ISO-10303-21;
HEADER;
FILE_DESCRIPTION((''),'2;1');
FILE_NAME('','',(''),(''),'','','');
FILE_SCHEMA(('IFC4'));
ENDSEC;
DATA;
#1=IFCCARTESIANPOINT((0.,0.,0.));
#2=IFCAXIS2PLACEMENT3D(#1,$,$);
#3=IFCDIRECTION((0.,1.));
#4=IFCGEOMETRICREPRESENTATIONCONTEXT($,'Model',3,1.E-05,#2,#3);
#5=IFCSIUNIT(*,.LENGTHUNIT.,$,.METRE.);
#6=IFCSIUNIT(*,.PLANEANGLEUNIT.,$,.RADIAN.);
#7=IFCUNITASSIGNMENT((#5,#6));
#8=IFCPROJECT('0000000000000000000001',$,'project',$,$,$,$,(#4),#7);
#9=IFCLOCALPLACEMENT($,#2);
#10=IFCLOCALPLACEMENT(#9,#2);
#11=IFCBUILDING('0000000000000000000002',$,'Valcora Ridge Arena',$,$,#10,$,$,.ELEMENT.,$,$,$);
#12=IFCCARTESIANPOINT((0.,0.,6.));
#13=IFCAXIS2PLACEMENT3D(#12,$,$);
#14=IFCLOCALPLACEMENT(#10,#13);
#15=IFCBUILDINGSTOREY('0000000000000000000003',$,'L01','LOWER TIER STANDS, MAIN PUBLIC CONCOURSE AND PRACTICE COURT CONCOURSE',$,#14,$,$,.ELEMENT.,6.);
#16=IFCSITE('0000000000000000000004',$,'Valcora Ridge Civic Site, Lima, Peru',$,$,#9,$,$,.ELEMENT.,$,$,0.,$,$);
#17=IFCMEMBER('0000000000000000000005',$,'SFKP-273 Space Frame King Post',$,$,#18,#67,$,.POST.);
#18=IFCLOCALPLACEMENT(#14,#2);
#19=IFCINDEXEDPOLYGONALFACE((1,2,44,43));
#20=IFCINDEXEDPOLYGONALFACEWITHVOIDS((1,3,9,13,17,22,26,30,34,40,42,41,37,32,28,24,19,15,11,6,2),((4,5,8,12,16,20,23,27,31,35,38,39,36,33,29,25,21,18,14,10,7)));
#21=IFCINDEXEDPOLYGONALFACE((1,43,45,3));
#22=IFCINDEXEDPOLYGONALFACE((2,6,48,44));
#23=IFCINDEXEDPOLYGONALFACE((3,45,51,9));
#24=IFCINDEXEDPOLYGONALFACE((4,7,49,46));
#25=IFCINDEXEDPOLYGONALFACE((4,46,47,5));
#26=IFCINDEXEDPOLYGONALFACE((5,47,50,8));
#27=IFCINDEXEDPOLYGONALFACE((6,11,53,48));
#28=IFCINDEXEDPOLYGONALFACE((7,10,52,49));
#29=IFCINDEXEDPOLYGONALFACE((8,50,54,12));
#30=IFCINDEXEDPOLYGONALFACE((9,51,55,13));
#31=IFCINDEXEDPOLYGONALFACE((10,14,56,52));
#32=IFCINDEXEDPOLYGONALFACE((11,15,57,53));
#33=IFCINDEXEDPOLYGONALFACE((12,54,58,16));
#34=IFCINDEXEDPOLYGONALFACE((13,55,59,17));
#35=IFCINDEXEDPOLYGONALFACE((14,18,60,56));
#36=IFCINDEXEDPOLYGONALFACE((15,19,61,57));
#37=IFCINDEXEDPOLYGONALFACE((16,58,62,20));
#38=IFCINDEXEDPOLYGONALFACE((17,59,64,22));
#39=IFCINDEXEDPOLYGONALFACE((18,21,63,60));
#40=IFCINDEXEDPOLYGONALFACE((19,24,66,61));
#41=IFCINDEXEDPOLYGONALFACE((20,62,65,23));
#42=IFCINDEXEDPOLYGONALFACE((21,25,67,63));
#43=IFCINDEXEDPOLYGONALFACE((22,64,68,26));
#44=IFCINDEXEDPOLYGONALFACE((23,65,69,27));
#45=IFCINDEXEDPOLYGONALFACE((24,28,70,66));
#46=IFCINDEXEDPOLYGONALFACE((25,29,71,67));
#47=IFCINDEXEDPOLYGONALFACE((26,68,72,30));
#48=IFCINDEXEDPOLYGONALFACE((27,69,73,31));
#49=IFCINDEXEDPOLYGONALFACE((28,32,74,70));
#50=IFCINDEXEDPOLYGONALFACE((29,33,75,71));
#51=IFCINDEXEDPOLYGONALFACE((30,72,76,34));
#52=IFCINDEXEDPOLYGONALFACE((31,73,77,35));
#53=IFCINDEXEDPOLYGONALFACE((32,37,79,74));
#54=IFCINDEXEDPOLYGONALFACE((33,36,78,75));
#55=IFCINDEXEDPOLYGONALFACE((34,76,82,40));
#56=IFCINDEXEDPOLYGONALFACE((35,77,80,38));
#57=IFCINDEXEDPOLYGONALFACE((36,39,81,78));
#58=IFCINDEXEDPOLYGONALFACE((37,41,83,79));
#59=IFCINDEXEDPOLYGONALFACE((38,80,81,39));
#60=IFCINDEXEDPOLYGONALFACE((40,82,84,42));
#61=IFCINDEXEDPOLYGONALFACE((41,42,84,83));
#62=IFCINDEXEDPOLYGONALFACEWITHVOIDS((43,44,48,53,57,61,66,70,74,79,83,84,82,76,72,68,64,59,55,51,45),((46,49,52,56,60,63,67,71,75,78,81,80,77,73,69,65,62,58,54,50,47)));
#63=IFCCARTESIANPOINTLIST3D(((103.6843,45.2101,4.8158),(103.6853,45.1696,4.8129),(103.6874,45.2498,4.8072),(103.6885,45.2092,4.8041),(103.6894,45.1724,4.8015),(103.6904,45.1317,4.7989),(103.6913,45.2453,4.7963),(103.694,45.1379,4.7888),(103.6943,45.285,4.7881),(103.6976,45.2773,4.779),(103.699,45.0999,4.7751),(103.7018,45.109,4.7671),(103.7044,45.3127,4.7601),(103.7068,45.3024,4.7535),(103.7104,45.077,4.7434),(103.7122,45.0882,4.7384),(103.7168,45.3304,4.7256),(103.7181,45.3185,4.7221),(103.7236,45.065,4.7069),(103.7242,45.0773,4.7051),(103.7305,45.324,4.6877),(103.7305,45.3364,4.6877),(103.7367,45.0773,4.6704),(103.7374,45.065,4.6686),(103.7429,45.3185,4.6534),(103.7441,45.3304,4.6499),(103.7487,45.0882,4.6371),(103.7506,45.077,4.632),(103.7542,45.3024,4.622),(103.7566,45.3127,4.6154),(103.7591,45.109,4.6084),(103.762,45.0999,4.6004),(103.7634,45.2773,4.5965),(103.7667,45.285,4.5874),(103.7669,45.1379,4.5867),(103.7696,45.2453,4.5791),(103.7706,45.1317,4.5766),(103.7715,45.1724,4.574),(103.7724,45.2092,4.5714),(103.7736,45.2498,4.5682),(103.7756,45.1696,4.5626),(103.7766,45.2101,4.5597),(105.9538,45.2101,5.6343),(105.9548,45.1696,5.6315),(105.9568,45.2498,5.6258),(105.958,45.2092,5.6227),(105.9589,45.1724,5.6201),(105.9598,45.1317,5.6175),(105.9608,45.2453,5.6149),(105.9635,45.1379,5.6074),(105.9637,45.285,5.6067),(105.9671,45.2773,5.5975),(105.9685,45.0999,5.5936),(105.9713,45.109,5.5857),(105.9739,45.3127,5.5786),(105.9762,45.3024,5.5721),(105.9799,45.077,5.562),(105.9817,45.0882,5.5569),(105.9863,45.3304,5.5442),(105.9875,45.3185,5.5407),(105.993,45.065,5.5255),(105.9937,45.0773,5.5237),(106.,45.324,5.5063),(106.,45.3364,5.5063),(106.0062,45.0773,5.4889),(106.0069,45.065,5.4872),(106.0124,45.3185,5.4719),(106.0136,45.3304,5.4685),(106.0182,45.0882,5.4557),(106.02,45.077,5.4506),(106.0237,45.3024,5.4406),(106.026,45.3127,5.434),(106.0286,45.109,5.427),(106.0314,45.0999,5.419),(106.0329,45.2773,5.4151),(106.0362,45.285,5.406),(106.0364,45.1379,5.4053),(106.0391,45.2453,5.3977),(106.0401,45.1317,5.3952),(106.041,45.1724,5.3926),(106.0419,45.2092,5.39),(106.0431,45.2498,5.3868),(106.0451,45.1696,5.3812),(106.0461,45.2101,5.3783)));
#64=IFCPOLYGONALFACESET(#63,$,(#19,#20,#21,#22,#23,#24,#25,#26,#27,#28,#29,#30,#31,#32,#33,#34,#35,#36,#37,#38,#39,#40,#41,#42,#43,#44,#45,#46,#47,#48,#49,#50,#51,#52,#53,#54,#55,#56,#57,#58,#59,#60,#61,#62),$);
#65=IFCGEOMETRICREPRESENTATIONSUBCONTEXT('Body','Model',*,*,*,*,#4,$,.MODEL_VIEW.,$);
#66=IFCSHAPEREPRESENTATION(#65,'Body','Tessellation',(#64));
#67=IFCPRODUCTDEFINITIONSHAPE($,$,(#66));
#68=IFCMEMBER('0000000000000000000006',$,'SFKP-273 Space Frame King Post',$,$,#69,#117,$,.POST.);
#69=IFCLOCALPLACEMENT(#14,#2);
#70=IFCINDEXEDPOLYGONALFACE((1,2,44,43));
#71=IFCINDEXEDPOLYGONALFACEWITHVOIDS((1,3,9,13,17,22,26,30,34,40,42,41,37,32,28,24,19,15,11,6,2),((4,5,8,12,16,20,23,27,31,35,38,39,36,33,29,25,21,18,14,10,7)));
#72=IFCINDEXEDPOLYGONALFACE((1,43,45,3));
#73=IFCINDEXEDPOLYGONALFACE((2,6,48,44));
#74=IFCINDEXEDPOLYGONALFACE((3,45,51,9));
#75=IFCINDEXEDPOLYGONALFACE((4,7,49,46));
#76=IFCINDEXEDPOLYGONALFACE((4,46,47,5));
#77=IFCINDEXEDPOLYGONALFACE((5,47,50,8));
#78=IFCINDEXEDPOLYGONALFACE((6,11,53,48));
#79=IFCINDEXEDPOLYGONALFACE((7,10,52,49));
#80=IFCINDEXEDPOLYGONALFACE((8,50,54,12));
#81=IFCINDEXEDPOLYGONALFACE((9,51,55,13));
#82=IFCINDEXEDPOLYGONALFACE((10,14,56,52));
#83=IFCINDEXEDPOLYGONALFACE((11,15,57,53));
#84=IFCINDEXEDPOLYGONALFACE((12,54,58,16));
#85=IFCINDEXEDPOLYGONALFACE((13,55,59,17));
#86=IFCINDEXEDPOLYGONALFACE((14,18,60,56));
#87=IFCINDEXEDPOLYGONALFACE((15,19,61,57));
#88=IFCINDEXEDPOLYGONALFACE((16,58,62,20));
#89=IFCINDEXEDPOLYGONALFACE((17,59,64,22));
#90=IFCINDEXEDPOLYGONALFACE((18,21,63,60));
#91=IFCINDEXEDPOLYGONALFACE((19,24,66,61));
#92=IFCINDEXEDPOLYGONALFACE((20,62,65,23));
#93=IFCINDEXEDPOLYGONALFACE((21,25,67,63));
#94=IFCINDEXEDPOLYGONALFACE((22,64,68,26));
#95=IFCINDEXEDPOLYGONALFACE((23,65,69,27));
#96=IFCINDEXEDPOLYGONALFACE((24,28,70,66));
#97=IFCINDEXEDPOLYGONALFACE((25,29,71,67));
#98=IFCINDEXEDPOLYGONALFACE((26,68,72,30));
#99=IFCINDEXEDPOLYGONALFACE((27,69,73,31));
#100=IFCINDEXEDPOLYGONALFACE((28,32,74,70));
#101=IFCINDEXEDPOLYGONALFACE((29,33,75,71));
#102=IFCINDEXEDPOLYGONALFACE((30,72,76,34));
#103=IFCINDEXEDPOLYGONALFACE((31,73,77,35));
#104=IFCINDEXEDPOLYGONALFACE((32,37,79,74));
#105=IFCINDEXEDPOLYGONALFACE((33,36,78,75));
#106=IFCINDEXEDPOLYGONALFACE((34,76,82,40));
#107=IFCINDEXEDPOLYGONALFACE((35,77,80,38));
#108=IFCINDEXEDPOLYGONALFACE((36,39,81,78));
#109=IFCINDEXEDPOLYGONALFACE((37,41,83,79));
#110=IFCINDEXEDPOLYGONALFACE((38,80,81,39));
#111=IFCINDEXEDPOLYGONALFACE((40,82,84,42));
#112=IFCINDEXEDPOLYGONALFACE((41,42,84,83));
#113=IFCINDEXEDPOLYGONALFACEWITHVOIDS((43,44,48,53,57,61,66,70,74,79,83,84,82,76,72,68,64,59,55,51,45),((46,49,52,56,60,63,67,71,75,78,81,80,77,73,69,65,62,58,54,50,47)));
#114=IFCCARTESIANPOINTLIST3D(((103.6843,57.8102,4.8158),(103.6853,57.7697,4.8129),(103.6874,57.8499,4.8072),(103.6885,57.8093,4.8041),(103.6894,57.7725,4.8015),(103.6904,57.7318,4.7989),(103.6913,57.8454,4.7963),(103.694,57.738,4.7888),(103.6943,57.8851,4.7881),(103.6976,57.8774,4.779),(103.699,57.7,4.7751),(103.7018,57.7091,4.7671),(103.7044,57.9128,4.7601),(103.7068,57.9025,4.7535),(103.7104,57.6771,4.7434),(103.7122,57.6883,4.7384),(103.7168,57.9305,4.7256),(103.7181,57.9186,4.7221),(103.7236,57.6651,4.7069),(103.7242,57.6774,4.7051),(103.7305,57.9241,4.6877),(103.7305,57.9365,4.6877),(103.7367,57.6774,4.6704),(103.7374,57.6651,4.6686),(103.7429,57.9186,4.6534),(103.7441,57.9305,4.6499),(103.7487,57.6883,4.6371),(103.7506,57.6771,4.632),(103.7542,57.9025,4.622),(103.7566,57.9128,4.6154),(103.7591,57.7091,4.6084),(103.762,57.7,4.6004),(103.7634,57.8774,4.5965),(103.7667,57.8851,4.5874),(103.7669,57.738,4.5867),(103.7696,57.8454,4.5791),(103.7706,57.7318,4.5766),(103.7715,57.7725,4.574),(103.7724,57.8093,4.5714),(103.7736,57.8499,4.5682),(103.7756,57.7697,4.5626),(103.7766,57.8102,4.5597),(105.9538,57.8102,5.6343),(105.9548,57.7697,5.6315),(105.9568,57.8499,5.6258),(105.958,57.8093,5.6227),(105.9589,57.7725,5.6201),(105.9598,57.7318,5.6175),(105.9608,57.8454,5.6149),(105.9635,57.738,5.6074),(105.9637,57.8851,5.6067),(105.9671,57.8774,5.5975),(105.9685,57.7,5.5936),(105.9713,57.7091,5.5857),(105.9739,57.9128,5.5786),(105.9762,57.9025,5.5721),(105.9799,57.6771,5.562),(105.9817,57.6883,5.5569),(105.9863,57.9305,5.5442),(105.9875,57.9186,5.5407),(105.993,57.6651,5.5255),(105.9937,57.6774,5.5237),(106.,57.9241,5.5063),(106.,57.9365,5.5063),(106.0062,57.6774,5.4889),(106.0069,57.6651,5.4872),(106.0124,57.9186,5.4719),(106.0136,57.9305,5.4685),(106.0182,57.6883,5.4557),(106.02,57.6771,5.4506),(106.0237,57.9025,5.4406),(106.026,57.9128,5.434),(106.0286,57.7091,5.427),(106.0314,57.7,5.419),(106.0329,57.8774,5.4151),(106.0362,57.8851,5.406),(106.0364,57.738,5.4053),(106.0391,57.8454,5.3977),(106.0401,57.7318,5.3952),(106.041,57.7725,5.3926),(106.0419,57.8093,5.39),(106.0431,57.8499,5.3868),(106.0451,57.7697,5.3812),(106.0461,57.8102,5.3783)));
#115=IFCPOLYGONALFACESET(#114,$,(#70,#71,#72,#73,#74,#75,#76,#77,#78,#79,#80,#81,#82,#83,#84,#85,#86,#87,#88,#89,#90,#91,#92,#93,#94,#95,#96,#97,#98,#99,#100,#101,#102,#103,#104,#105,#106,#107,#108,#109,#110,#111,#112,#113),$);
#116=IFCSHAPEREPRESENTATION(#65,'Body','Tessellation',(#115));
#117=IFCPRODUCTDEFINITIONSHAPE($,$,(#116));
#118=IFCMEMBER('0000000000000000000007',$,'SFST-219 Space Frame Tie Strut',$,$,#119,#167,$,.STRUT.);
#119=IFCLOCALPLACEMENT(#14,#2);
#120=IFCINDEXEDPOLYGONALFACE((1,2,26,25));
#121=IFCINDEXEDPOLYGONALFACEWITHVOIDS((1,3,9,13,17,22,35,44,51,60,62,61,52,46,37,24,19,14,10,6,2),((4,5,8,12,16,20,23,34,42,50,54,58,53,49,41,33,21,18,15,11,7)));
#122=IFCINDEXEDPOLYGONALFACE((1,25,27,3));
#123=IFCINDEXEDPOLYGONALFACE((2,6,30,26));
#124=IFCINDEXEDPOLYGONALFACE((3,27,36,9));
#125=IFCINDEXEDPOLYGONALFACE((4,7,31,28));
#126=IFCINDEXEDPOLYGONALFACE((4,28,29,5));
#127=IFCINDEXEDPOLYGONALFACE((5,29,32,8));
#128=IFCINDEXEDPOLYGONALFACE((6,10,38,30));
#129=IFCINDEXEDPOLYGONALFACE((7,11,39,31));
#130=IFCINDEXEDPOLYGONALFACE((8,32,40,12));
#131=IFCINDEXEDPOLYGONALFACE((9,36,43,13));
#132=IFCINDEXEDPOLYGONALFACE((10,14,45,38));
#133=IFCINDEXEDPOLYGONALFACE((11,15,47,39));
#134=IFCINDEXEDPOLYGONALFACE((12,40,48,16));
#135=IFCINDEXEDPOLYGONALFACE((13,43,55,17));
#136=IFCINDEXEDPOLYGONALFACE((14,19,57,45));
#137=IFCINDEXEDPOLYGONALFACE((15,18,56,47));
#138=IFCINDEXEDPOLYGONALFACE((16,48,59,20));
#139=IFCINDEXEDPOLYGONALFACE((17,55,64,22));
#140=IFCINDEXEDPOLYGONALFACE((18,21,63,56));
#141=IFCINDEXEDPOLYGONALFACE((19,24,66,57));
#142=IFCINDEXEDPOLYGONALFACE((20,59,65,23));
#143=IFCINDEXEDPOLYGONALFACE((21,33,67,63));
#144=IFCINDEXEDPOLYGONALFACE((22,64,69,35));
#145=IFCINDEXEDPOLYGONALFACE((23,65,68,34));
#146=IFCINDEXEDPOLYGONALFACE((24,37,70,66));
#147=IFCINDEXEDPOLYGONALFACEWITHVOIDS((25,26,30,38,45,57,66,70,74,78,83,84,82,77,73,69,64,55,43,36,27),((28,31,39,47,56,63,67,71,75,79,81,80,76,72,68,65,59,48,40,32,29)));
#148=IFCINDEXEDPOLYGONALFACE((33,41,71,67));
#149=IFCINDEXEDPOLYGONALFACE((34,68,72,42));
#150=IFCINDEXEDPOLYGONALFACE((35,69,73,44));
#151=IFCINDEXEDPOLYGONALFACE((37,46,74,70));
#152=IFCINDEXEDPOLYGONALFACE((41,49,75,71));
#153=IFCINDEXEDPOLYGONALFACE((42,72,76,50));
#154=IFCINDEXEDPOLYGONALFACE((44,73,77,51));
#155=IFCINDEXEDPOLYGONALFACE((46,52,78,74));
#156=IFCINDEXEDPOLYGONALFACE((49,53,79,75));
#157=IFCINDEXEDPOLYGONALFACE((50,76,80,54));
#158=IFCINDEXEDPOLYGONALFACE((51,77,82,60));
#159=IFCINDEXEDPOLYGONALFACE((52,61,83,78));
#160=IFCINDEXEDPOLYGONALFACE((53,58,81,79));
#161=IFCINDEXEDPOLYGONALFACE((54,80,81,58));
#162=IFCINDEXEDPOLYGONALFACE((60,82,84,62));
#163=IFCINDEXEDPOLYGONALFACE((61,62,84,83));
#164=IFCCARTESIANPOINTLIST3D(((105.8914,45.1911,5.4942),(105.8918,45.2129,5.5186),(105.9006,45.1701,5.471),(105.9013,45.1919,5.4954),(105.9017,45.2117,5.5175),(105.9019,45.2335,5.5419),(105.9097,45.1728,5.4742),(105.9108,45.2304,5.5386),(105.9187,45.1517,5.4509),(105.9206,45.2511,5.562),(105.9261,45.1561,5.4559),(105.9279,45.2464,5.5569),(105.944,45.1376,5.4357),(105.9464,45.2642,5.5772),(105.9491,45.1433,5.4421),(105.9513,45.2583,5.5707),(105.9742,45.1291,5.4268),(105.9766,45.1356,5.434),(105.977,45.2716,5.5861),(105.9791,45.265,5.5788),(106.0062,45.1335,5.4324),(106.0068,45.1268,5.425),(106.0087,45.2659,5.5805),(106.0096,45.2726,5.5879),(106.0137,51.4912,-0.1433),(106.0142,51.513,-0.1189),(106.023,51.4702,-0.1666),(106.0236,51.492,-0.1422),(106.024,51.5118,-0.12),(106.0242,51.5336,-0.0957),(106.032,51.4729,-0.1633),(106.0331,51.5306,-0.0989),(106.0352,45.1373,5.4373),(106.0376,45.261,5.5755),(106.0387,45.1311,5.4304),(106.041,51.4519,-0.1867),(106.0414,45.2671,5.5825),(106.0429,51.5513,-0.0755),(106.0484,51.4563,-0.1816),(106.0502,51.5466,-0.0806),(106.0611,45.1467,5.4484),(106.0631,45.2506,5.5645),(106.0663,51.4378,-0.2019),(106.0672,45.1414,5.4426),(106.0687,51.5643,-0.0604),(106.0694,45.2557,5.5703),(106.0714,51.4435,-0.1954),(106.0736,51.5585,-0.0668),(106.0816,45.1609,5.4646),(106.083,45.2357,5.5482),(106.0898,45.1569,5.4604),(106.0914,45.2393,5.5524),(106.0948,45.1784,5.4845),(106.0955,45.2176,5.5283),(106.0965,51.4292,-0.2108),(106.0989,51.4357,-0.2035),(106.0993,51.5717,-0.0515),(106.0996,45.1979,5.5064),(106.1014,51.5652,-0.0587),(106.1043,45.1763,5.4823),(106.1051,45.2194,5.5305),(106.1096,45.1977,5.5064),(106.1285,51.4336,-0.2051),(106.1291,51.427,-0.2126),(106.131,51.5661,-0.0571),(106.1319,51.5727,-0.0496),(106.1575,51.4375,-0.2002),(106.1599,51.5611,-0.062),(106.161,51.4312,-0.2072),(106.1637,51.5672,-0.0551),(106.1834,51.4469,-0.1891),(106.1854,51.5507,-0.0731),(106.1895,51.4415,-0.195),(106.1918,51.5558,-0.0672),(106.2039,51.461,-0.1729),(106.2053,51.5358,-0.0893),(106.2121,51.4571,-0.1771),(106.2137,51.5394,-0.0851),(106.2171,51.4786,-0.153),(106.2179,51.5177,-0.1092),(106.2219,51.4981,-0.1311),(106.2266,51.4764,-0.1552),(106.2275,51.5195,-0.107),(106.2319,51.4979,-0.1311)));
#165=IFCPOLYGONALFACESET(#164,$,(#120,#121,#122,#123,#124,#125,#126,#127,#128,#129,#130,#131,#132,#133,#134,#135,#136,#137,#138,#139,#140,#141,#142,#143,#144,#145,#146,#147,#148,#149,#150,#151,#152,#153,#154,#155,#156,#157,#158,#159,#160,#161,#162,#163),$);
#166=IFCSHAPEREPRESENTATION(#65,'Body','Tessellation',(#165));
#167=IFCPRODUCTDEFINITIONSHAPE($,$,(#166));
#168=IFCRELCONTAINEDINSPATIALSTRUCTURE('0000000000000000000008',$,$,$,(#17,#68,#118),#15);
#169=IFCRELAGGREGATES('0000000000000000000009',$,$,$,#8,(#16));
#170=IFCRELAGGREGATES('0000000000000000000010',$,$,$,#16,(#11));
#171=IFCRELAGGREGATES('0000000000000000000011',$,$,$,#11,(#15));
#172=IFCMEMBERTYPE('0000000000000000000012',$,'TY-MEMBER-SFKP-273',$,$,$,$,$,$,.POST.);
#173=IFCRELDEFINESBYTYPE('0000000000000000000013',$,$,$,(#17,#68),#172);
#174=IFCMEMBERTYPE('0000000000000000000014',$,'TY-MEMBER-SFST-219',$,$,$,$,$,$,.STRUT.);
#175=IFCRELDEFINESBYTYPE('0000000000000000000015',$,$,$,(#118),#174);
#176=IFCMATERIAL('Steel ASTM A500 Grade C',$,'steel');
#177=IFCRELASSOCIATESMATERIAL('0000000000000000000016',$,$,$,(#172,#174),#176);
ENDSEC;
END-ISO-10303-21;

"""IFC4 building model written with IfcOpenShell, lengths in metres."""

from ifc_helpers import new_model, si_unit, direction, frame, origin, origin_2d, place, context, subcontext, project, spatial, hollow_circle, extrude, material, material_profile, profile_set, type_object, element, save


model = new_model("IFC4")

# Units and contexts
model_context = context("Model", 3, precision=1e-05, world=origin(), true_north=direction((0.0, 1.0)))
body_context = subcontext(model_context, "Body", "Model", "MODEL_VIEW")
ifc_project = project(units=[si_unit("LENGTHUNIT", "METRE"), si_unit("PLANEANGLEUNIT", "RADIAN")], contexts=[model_context])

# Site, building, storey
site_placement = place(None, origin())
site = spatial("IfcSite", under=ifc_project, at=site_placement, Name="Valcora Ridge Civic Site, Lima, Peru", CompositionType="ELEMENT", RefElevation=0.0)
building_placement = place(site_placement, origin())
building = spatial("IfcBuilding", under=site, at=building_placement, Name="Valcora Ridge Arena", CompositionType="ELEMENT")
storey_placement = place(building_placement, frame((0.0, 0.0, 6.0)))
storey = spatial("IfcBuildingStorey", under=building, at=storey_placement, Name="L01", Description="LOWER TIER STANDS, MAIN PUBLIC CONCOURSE AND PRACTICE COURT CONCOURSE", CompositionType="ELEMENT", Elevation=6.0)

# Members
ifc_material_1 = material(Name="Steel ASTM A500 Grade C", Category="steel")
ifc_material_profile_1 = material_profile(ifc_material_1, hollow_circle(Radius=0.1365, WallThickness=0.0125, at=origin_2d()), Name="CHS273X12")
ifc_profile_set_1 = profile_set([ifc_material_profile_1], Name="Steel ASTM A500 Grade C")
member_type_1 = type_object("IfcMemberType", Name="TY-MEMBER-SFKP-273", PredefinedType="POST", material=ifc_profile_set_1)
for number, where, z_axis, x_axis, name in (
    (1, (103.7305, 45.2, 4.6877), (0.94068, 0.0, 0.339296), (0.0, 1.0, 0.0), "SFKP-273 Space Frame King Post"),
    (2, (103.7305, 57.8, 4.6877), (0.94068, 0.0, 0.339296), (0.0, 1.0, 0.0), "SFKP-273 Space Frame King Post"),
):
    element("IfcMember", number, at=place(storey_placement, frame(where, z_axis=z_axis, x_axis=x_axis)), inside=storey, type_object=member_type_1, Name=name, PredefinedType="POST", context=body_context, shape_type="SweptSolid", body=[
        extrude(hollow_circle(Radius=0.1365, WallThickness=0.0125, at=origin_2d()), origin(), (0.0, 0.0, 1.0), 2.4126),
    ])
ifc_material_profile_2 = material_profile(ifc_material_1, hollow_circle(Radius=0.1096, WallThickness=0.01, at=origin_2d()), Name="CHS219X10")
ifc_profile_set_2 = profile_set([ifc_material_profile_2], Name="Steel ASTM A500 Grade C")
member_type_2 = type_object("IfcMemberType", Name="TY-MEMBER-SFST-219", PredefinedType="STRUT", material=ifc_profile_set_2)
member_1_placement = place(storey_placement, frame((106.1223, 51.5, -0.1311), z_axis=(-0.014467, -0.74513, 0.666762), x_axis=(0.999812, -0.019411, 0.0)))
element("IfcMember", 3, at=member_1_placement, inside=storey, type_object=member_type_2, Name="SFST-219 Space Frame Tie Strut", PredefinedType="STRUT", context=body_context, shape_type="SweptSolid", body=[
    extrude(hollow_circle(Radius=0.1096, WallThickness=0.01, at=origin_2d()), origin(), (0.0, 0.0, 1.0), 8.4551),
])

save(model, "model.ifc")
